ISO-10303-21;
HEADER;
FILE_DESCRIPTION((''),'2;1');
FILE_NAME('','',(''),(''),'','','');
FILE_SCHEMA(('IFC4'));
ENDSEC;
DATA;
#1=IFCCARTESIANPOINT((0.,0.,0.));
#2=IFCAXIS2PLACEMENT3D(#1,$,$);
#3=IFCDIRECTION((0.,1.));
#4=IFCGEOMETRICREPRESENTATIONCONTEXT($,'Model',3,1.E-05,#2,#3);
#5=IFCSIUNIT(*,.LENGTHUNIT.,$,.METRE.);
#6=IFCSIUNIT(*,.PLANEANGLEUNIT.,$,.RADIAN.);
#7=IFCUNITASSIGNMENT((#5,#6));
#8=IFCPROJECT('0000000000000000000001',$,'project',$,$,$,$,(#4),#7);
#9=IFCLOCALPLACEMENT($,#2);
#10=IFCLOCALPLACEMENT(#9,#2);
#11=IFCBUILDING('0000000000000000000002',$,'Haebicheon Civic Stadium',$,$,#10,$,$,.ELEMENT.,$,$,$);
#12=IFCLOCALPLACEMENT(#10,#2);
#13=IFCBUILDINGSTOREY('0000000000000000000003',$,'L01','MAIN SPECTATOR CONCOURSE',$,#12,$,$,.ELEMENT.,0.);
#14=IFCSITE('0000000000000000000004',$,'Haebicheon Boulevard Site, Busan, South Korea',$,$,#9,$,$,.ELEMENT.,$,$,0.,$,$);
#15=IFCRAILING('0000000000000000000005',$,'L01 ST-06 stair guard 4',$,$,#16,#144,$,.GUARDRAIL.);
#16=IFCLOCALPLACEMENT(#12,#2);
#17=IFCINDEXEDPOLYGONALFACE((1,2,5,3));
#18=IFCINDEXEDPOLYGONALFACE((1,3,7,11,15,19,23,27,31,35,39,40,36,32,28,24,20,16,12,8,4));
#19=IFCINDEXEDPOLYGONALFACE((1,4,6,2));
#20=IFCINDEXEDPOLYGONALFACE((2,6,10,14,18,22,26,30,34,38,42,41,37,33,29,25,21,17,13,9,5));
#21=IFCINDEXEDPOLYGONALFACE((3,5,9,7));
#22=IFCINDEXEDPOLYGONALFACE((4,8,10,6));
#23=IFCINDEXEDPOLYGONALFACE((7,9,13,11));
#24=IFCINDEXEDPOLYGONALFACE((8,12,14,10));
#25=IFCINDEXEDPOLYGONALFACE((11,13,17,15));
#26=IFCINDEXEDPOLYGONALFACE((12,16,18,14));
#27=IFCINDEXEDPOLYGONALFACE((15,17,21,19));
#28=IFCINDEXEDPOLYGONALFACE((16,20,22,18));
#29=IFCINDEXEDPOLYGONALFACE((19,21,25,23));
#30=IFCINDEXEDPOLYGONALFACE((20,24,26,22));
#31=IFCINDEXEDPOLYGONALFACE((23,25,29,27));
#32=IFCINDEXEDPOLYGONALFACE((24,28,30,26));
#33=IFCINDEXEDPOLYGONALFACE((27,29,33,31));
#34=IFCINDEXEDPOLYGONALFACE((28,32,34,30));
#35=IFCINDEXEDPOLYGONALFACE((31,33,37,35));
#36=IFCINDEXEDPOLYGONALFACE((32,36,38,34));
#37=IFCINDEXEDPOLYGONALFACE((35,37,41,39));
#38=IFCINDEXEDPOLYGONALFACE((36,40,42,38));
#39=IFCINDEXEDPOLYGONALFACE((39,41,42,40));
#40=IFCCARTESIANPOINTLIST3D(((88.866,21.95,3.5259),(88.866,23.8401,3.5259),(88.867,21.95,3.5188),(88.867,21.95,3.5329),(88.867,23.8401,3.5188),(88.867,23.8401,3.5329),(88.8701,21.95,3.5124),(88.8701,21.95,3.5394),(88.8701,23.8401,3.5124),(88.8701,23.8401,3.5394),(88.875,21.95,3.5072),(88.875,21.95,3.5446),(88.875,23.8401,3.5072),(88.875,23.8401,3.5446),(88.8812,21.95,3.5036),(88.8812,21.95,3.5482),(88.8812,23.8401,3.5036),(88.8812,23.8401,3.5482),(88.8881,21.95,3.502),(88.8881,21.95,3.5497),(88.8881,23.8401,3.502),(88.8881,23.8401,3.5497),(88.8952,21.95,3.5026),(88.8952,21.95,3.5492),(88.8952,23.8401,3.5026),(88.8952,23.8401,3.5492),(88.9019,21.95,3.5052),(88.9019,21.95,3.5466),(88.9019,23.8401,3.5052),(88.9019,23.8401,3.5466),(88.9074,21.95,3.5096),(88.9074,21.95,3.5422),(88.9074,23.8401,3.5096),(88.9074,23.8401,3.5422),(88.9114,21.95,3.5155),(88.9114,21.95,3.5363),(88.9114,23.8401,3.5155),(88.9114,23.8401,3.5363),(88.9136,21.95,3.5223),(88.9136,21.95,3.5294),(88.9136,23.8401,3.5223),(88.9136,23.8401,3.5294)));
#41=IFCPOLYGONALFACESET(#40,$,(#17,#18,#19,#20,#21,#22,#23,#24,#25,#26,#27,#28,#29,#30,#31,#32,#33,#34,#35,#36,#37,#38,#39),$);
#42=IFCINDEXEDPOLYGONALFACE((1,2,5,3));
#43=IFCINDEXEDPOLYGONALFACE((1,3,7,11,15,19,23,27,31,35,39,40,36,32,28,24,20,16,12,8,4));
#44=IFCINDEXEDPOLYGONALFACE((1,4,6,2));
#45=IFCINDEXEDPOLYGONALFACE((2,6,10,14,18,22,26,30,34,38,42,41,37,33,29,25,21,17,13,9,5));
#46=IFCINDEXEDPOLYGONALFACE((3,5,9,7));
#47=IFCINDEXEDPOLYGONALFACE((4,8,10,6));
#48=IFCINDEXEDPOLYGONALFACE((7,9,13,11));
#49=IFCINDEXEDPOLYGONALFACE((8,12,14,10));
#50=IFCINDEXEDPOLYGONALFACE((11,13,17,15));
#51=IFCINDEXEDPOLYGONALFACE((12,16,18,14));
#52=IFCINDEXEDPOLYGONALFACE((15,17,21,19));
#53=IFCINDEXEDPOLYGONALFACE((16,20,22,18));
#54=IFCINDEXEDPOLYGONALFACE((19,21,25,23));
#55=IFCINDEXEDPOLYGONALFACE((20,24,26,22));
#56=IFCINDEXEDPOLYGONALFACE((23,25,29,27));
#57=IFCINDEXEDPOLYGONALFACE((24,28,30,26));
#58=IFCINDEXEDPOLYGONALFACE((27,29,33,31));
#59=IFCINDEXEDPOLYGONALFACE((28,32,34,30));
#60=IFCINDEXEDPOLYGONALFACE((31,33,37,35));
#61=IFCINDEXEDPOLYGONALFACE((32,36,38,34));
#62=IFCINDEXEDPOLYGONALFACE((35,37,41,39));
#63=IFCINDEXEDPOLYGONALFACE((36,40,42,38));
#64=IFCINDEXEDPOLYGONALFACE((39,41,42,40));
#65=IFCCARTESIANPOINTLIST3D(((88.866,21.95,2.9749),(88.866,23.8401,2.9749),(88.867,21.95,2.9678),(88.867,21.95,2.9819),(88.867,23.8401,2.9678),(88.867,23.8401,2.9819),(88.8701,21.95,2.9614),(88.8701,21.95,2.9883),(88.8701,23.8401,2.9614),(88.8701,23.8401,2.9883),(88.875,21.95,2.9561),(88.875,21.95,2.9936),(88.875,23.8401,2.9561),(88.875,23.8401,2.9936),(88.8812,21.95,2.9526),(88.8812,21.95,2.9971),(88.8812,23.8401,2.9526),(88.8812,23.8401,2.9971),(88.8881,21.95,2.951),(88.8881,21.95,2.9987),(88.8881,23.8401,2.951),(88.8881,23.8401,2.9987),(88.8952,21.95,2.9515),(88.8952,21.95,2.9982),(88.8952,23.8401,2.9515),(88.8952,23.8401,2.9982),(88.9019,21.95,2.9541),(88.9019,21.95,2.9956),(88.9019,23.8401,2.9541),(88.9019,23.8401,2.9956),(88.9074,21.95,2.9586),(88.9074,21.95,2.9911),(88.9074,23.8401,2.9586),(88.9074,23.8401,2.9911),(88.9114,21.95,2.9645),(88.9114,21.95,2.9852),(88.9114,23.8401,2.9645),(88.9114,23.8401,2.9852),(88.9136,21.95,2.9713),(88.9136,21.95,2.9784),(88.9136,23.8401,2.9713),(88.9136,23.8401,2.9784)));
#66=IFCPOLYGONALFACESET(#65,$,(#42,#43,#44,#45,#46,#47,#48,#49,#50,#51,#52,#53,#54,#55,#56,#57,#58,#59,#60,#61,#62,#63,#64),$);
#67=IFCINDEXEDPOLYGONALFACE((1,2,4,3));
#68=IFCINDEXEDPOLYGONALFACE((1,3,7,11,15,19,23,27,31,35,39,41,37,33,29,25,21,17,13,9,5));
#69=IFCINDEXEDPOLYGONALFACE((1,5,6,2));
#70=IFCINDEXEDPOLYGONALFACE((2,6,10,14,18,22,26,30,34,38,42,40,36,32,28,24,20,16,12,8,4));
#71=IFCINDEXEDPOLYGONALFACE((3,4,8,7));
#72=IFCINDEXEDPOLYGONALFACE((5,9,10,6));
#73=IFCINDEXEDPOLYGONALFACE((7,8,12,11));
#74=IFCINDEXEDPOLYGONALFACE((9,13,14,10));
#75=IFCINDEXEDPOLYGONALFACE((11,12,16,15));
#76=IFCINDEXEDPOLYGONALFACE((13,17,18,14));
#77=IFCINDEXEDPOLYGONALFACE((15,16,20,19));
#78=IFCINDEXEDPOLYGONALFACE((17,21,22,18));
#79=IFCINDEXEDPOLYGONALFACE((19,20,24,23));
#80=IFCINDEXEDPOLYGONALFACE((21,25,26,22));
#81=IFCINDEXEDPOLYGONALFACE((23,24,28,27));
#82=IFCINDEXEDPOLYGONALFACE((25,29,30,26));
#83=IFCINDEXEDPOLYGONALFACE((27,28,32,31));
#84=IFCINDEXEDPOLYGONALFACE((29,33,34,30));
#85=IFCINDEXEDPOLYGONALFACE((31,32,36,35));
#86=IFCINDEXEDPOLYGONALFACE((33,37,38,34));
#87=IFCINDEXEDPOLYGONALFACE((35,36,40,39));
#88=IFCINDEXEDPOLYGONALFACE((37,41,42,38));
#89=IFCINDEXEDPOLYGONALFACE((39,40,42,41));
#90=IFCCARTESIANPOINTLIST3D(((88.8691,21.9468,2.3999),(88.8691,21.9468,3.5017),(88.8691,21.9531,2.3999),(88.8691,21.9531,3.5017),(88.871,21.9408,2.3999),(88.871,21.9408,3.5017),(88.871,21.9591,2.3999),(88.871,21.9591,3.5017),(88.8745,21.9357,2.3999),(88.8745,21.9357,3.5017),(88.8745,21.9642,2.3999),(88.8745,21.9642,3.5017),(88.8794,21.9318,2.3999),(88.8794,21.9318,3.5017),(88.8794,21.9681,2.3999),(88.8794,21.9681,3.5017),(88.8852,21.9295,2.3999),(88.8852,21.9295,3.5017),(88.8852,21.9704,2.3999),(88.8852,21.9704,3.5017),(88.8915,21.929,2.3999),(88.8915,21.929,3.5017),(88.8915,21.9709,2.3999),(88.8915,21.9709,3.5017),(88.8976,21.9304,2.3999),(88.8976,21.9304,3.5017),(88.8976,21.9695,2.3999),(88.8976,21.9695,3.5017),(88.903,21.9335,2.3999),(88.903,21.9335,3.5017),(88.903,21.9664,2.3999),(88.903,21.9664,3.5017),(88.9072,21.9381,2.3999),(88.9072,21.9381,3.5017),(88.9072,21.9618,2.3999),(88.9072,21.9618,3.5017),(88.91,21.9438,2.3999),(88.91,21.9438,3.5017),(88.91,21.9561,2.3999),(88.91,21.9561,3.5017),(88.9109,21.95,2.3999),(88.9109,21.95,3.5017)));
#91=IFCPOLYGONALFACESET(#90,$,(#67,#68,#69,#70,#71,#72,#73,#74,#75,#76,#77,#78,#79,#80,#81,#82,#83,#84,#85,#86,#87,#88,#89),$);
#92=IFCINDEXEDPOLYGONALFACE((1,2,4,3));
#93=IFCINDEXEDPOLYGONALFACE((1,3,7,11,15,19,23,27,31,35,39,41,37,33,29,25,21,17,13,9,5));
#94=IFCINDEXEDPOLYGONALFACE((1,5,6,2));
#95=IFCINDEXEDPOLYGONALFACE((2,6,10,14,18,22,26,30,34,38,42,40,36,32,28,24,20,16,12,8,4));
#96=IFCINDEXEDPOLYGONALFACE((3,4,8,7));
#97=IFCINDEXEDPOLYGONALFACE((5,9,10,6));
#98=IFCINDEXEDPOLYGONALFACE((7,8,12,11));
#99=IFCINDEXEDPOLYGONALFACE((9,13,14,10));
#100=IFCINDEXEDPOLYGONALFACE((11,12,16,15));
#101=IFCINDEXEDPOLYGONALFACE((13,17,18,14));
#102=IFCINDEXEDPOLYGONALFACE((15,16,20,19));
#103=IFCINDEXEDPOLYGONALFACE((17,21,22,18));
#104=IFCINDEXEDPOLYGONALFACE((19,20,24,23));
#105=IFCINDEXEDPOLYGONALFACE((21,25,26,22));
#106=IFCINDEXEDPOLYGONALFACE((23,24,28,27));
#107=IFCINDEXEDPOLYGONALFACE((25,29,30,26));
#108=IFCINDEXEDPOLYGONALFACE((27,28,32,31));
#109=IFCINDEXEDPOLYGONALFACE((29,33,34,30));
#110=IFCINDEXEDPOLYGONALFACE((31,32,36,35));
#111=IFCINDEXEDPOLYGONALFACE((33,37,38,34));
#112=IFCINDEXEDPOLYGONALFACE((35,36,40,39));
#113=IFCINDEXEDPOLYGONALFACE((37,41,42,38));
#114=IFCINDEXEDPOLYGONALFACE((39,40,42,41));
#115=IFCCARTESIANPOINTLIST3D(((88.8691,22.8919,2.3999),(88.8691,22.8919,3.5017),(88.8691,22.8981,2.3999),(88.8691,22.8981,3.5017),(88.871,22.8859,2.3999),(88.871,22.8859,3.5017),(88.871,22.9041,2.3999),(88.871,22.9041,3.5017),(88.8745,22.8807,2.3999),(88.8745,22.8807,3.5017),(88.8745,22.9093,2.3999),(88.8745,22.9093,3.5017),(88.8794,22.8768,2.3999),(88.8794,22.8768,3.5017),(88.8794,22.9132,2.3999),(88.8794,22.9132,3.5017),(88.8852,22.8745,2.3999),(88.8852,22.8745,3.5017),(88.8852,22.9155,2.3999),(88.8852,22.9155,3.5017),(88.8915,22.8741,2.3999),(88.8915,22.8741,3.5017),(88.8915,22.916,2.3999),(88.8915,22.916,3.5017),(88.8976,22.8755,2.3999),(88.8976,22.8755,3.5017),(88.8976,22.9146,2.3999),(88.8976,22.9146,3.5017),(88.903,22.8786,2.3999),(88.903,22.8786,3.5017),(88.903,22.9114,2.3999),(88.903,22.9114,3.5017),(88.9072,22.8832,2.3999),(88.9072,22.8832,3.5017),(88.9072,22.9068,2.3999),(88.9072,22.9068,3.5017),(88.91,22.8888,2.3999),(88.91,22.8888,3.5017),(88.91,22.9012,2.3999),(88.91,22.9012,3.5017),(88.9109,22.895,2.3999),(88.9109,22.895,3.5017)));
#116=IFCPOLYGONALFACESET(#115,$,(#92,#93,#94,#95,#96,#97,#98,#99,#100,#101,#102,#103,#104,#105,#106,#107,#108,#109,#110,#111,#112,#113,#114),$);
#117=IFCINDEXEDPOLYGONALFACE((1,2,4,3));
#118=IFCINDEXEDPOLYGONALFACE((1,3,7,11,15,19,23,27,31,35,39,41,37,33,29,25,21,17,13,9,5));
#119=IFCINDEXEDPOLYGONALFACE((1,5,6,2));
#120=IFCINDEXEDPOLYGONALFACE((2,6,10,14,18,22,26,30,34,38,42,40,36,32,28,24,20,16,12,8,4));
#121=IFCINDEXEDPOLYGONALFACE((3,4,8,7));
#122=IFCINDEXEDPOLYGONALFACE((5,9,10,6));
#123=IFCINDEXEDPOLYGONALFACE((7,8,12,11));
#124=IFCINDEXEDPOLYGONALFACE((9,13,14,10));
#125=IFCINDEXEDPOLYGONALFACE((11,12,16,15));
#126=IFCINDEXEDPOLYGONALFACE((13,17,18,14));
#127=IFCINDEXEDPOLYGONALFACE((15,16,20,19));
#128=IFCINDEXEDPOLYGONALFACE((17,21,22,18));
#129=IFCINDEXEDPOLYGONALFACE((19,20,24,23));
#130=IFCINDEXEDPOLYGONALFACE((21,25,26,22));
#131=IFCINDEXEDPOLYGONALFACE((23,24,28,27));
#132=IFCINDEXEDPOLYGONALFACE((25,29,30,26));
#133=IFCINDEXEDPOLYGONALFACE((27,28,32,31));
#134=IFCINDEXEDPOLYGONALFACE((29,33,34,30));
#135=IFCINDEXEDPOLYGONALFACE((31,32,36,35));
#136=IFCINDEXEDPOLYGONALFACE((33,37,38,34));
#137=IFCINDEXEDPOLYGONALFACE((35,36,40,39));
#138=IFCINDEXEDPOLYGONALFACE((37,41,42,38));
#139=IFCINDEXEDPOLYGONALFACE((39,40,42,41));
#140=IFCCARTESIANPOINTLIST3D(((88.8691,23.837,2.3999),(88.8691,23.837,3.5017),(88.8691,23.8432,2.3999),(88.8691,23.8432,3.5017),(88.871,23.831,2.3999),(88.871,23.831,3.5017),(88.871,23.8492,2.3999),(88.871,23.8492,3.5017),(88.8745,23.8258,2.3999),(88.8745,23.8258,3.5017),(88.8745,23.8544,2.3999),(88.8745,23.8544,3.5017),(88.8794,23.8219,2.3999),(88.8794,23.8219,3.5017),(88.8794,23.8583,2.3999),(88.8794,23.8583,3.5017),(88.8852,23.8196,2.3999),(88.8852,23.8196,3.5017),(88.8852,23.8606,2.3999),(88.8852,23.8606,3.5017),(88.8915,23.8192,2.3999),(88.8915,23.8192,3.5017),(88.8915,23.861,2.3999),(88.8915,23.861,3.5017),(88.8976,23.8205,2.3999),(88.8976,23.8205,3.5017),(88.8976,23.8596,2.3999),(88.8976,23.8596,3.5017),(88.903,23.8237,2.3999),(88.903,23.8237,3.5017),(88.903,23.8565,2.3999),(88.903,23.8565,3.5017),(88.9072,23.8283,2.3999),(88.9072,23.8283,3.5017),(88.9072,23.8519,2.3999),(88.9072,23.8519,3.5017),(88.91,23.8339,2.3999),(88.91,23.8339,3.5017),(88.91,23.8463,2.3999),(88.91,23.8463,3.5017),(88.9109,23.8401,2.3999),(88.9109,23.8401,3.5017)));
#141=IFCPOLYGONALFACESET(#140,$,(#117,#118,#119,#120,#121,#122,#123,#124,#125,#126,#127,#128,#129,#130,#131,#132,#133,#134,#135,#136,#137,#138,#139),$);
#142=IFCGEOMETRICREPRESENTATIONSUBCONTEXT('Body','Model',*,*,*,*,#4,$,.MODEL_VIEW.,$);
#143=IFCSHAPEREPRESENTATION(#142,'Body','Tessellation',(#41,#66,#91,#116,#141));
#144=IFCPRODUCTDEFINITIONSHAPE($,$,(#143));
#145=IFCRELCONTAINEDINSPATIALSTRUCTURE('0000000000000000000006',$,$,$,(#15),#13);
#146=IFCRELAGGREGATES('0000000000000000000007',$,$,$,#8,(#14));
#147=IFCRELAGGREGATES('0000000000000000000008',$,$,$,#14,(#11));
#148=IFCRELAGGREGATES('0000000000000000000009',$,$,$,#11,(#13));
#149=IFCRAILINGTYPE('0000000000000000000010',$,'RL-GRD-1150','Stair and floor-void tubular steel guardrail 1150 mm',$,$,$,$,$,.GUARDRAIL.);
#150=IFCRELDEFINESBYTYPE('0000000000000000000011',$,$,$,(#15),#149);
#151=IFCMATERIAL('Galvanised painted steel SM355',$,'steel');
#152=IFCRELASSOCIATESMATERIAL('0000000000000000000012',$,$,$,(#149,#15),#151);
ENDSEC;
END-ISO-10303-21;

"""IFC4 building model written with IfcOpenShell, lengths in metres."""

from ifc_helpers import new_model, si_unit, direction, frame, origin, origin_2d, place, context, subcontext, project, spatial, circle, extrude, material, type_object, element, save


model = new_model("IFC4")

# Units and contexts
model_context = context("Model", 3, precision=1e-05, world=origin(), true_north=direction((0.0, 1.0)))
body_context = subcontext(model_context, "Body", "Model", "MODEL_VIEW")
ifc_project = project(units=[si_unit("LENGTHUNIT", "METRE"), si_unit("PLANEANGLEUNIT", "RADIAN")], contexts=[model_context])

# Site, building, storey
site_placement = place(None, origin())
site = spatial("IfcSite", under=ifc_project, at=site_placement, Name="Haebicheon Boulevard Site, Busan, South Korea", CompositionType="ELEMENT", RefElevation=0.0)
building_placement = place(site_placement, origin())
building = spatial("IfcBuilding", under=site, at=building_placement, Name="Haebicheon Civic Stadium", CompositionType="ELEMENT")
storey_placement = place(building_placement, origin())
storey = spatial("IfcBuildingStorey", under=building, at=storey_placement, Name="L01", Description="MAIN SPECTATOR CONCOURSE", CompositionType="ELEMENT", Elevation=0.0)

# Railing
ifc_material_1 = material(Name="Galvanised painted steel SM355", Category="steel")
railing_type_1 = type_object("IfcRailingType", Name="RL-GRD-1150", Description="Stair and floor-void tubular steel guardrail 1150 mm", PredefinedType="GUARDRAIL", material=ifc_material_1)
for number, where, name in (
    (1, (88.8899, 21.95, 2.3999), "L01 ST-06 stair guard 4"),
):
    element("IfcRailing", number, at=place(storey_placement, frame(where)), inside=storey, type_object=railing_type_1, material=ifc_material_1, Name=name, PredefinedType="GUARDRAIL", context=body_context, shape_type="SweptSolid", body=[
        extrude(circle(Radius=0.0239, at=origin_2d()), frame((0.0, 0.0, 1.126), z_axis=(0.0, 1.0, 0.0), x_axis=(-1.0, 0.0, 0.0)), (0.0, 0.0, 1.0), 1.8901),
        extrude(circle(Radius=0.0239, at=origin_2d()), frame((0.0, 0.0, 0.575), z_axis=(0.0, 1.0, 0.0), x_axis=(-1.0, 0.0, 0.0)), (0.0, 0.0, 1.0), 1.8901),
        extrude(circle(Radius=0.021, at=origin_2d()), origin(), (0.0, 0.0, 1.0), 1.1018),
        extrude(circle(Radius=0.021, at=origin_2d()), frame((0.0, 0.9451, 0.0)), (0.0, 0.0, 1.0), 1.1018),
        extrude(circle(Radius=0.021, at=origin_2d()), frame((0.0, 1.8901, 0.0)), (0.0, 0.0, 1.0), 1.1018),
    ])

save(model, "model.ifc")
